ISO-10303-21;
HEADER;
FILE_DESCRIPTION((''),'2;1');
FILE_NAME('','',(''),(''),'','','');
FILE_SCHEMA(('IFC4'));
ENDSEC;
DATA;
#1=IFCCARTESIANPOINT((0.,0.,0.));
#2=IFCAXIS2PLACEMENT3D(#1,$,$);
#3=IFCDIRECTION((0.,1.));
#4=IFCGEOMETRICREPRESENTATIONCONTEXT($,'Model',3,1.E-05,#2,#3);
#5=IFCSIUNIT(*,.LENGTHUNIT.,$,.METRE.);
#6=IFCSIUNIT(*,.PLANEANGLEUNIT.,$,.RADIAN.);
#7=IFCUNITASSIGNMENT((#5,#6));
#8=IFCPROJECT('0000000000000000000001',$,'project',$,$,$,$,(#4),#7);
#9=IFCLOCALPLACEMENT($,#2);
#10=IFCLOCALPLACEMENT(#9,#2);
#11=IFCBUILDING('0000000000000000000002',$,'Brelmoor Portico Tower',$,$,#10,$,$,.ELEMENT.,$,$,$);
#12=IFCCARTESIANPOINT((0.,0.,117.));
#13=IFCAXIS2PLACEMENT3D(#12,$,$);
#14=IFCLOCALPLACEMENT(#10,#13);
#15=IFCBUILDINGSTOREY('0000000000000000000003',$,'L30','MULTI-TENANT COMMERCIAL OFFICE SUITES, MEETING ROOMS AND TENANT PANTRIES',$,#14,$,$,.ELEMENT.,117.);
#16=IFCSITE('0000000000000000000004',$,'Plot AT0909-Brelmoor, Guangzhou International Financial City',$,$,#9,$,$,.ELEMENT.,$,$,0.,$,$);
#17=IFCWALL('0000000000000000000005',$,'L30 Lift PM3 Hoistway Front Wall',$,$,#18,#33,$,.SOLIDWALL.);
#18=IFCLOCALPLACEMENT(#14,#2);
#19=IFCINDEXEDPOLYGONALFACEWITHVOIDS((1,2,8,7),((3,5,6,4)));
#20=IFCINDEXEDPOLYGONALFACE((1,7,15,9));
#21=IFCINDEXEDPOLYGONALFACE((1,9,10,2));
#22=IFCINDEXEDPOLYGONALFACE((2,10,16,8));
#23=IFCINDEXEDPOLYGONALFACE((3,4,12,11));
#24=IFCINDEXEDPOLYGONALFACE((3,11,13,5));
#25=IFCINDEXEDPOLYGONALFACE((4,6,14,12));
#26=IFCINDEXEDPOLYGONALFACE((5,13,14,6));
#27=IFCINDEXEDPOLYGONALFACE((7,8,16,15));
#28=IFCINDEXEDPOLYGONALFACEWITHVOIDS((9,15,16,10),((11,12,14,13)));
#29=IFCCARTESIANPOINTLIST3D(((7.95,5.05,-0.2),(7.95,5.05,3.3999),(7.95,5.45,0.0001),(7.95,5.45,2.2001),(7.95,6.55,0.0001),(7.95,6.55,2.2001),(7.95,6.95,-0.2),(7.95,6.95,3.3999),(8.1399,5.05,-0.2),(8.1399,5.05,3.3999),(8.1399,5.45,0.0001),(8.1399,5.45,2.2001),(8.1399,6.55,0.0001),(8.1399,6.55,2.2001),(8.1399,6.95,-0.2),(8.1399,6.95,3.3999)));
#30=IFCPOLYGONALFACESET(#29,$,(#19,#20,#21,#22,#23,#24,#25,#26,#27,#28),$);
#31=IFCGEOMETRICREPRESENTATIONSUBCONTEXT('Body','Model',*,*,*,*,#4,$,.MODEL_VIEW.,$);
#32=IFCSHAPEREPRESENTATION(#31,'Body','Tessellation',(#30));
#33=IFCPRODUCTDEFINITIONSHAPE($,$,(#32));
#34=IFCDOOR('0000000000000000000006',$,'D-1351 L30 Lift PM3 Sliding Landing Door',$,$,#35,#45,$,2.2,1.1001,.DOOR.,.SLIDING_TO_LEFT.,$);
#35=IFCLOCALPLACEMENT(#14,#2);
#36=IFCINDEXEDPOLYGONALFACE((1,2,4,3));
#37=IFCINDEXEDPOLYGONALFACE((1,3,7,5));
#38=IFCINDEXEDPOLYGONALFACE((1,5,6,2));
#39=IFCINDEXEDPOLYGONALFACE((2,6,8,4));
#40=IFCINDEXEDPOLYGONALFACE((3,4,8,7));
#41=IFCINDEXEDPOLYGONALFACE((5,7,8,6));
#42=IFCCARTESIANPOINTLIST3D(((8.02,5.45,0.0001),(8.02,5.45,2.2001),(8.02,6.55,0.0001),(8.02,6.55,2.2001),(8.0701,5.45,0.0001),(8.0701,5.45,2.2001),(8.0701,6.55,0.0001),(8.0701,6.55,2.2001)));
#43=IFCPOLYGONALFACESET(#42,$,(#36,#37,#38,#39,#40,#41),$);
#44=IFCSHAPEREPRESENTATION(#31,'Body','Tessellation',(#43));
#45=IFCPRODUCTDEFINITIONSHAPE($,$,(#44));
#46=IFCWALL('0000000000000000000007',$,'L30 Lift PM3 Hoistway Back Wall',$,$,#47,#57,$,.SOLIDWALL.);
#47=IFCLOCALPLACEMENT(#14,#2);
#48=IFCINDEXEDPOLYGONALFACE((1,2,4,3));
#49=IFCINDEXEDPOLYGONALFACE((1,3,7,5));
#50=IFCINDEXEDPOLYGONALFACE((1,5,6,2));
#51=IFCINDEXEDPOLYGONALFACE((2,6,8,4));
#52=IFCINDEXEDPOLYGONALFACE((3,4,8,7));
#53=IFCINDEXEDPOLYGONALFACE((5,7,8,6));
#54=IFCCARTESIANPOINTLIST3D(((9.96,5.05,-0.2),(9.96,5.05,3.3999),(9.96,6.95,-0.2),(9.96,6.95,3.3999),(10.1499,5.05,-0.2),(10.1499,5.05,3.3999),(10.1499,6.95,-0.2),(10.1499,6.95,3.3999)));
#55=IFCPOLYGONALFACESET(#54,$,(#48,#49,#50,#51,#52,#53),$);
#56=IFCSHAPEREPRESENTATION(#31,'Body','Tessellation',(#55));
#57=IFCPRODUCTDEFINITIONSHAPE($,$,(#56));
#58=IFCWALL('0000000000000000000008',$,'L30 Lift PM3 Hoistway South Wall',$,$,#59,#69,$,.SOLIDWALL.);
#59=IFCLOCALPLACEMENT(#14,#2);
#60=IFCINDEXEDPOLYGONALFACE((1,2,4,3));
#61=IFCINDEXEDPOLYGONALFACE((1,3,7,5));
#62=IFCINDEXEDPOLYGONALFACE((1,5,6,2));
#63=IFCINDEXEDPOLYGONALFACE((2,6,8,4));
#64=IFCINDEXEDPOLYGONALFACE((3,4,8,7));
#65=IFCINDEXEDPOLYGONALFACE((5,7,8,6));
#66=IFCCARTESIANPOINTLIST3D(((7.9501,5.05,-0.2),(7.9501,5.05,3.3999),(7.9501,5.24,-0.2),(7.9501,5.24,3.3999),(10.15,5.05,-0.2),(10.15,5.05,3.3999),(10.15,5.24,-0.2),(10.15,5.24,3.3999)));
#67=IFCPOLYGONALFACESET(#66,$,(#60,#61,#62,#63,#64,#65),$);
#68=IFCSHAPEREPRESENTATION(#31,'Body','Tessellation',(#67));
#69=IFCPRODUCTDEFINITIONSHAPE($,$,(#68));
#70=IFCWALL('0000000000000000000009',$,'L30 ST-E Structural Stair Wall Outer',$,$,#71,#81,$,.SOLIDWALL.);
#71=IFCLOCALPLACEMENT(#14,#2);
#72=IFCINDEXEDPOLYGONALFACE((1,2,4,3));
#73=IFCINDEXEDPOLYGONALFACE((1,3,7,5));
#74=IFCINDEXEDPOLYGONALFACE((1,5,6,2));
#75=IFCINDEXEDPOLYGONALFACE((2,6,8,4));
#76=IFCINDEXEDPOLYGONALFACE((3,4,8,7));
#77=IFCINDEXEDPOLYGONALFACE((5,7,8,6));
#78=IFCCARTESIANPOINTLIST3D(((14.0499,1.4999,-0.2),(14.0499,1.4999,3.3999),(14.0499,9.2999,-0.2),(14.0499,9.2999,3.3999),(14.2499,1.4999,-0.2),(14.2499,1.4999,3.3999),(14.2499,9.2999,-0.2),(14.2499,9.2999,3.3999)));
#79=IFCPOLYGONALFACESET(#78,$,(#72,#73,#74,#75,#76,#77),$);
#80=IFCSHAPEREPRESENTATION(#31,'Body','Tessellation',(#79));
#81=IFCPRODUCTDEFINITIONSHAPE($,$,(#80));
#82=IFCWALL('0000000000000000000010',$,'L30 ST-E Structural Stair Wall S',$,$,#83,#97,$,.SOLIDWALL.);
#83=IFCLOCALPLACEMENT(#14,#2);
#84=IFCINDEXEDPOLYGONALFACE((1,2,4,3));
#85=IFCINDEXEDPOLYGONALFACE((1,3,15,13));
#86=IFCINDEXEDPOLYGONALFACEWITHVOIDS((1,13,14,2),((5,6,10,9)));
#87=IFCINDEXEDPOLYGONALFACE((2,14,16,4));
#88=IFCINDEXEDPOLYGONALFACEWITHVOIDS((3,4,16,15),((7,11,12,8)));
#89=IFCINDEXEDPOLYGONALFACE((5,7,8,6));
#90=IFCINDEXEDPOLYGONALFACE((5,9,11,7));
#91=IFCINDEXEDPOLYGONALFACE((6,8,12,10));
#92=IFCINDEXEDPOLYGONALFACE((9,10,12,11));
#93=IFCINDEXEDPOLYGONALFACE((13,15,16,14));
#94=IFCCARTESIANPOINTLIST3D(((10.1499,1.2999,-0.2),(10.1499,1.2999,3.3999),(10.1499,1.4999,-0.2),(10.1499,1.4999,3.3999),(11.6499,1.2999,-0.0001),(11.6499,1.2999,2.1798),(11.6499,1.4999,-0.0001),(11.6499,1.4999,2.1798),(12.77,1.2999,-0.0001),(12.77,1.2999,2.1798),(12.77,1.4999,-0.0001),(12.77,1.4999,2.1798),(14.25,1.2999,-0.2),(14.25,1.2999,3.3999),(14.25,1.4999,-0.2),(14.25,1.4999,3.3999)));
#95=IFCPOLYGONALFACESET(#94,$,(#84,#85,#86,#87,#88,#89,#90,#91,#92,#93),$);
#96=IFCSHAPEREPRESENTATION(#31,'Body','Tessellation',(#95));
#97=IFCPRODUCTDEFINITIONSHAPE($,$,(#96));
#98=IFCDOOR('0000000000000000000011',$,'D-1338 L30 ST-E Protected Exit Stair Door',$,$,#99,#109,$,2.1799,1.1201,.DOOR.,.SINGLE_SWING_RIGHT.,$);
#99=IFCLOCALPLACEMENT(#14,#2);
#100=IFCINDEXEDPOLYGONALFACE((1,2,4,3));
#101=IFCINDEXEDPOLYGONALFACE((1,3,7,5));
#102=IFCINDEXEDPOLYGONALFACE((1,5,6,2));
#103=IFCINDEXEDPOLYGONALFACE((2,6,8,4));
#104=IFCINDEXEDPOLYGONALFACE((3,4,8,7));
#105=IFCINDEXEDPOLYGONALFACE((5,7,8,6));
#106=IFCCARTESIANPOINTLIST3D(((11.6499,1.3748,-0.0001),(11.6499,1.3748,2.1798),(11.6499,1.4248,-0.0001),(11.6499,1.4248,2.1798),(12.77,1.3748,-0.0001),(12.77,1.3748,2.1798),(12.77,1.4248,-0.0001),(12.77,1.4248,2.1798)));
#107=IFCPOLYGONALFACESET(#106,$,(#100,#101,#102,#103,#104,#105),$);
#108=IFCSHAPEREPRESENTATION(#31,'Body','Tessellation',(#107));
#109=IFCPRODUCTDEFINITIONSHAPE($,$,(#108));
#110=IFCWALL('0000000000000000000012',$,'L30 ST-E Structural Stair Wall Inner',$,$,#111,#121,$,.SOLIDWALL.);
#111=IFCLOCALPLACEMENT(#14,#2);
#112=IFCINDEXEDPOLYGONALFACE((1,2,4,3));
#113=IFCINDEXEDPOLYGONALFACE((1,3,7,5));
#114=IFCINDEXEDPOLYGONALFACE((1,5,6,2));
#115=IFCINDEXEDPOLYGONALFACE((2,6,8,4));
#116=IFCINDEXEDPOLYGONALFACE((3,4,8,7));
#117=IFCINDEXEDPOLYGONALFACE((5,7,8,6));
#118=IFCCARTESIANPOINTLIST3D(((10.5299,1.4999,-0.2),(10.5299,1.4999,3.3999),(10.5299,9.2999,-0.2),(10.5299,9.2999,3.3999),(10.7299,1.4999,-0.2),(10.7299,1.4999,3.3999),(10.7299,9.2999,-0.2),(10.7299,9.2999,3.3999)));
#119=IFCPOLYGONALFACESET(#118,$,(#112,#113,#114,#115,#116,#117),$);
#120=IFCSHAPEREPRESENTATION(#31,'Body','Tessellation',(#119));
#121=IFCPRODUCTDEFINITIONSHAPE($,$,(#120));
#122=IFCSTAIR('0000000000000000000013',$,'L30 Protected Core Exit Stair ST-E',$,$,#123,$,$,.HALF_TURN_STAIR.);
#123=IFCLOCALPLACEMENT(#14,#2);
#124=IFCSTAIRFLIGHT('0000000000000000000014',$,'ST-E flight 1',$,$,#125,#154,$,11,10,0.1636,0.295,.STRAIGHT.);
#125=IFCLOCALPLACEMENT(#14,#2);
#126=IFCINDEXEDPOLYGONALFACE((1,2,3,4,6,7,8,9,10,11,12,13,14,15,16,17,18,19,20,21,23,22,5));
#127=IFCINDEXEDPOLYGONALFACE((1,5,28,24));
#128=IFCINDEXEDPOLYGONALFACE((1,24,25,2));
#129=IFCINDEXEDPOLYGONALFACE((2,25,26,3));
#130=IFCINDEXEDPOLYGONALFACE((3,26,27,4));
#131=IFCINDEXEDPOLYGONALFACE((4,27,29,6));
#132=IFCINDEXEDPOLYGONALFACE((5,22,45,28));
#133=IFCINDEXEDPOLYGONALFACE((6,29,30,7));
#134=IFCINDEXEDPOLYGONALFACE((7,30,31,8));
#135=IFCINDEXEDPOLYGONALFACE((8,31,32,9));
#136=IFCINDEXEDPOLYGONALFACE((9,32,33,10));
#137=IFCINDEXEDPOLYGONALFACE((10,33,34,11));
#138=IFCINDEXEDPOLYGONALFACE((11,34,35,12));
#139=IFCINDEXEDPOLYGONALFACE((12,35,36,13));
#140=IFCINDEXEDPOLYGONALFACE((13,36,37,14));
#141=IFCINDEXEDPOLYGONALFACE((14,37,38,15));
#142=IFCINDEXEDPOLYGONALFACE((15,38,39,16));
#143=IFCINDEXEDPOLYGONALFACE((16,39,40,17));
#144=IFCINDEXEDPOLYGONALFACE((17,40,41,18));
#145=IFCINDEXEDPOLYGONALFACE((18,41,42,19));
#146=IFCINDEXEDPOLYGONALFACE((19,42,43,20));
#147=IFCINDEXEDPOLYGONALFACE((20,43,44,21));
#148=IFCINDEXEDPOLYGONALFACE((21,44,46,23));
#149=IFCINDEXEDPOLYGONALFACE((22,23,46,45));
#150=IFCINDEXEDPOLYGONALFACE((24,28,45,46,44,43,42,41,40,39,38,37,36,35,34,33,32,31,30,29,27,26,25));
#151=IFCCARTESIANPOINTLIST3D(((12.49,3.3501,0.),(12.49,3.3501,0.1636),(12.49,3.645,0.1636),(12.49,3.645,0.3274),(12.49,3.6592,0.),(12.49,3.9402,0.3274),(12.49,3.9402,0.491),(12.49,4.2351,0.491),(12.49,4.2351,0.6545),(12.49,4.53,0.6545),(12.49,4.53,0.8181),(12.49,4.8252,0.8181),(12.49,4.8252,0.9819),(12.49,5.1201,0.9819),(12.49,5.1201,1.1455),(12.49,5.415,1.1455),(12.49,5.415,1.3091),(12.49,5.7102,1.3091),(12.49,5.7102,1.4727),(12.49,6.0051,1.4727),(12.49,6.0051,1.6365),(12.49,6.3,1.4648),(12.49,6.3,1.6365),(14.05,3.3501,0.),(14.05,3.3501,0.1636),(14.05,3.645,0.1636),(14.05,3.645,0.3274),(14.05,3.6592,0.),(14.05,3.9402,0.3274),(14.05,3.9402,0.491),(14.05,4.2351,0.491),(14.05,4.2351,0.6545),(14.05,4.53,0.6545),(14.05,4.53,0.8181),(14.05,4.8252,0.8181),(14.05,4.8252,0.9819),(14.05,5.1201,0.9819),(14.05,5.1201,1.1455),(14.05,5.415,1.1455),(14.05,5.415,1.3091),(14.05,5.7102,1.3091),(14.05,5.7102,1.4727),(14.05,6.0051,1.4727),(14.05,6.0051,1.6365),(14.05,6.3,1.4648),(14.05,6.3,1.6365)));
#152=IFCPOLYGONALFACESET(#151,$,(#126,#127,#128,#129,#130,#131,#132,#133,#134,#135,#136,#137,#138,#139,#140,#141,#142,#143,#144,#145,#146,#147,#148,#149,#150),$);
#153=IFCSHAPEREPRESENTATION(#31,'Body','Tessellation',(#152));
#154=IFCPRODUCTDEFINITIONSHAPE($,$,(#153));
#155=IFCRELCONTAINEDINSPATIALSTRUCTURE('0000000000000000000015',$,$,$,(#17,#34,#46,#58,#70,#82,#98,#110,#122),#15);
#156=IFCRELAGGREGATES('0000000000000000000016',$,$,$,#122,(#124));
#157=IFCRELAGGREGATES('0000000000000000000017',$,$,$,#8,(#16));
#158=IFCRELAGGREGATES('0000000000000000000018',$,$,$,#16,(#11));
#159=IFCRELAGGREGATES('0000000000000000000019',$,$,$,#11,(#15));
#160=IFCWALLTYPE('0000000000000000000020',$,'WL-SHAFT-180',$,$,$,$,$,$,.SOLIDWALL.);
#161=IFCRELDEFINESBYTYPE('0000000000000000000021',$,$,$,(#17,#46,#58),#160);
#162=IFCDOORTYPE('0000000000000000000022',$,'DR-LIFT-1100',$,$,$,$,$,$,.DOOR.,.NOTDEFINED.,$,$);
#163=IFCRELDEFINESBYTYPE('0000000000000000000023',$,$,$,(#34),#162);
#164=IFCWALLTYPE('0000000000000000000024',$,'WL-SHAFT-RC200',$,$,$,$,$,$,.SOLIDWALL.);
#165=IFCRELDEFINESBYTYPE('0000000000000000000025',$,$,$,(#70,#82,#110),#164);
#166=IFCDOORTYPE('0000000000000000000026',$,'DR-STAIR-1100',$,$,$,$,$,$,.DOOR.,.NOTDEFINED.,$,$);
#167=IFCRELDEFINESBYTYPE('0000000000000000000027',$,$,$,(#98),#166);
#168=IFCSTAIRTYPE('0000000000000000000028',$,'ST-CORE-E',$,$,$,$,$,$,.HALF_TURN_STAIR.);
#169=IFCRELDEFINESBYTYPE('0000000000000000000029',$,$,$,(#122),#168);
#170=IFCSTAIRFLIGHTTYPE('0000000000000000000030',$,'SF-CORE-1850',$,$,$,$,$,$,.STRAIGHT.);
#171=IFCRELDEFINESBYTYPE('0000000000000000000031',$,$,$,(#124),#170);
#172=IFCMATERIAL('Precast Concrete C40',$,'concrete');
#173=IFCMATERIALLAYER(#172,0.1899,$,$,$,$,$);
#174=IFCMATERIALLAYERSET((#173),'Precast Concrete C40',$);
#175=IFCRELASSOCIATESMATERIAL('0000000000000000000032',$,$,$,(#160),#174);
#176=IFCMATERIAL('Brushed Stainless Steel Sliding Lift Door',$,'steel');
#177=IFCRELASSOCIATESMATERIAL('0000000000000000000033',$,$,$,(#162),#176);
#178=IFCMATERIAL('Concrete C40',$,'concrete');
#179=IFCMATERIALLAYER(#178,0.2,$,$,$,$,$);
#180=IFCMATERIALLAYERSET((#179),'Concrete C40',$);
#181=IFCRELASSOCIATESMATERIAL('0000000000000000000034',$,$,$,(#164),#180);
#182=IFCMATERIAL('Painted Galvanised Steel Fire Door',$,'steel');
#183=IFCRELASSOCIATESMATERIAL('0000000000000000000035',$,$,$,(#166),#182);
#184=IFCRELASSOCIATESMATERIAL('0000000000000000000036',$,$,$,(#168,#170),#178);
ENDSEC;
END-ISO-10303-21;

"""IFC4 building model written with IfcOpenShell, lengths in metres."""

from ifc_helpers import new_model, si_unit, direction, frame, frame_2d, origin, place, context, subcontext, project, spatial, polyline, rectangle, outline, extrude, material, layer, layer_set, type_object, element, fill, aggregate, save


model = new_model("IFC4")

# Units and contexts
model_context = context("Model", 3, precision=1e-05, world=origin(), true_north=direction((0.0, 1.0)))
body_context = subcontext(model_context, "Body", "Model", "MODEL_VIEW")
ifc_project = project(units=[si_unit("LENGTHUNIT", "METRE"), si_unit("PLANEANGLEUNIT", "RADIAN")], contexts=[model_context])

# Site, building, storey
site_placement = place(None, origin())
site = spatial("IfcSite", under=ifc_project, at=site_placement, Name="Plot AT0909-Brelmoor, Guangzhou International Financial City", CompositionType="ELEMENT", RefElevation=0.0)
building_placement = place(site_placement, origin())
building = spatial("IfcBuilding", under=site, at=building_placement, Name="Brelmoor Portico Tower", CompositionType="ELEMENT")
storey_placement = place(building_placement, frame((0.0, 0.0, 117.0)))
storey = spatial("IfcBuildingStorey", under=building, at=storey_placement, Name="L30", Description="MULTI-TENANT COMMERCIAL OFFICE SUITES, MEETING ROOMS AND TENANT PANTRIES", CompositionType="ELEMENT", Elevation=117.0)

# Shared definitions
ifc_material_1 = material(Name="Precast Concrete C40", Category="concrete")
ifc_layer_1 = layer(ifc_material_1, 0.1899)
ifc_layer_set_1 = layer_set([ifc_layer_1], Name="Precast Concrete C40")
wall_type_1 = type_object("IfcWallType", Name="WL-SHAFT-180", PredefinedType="SOLIDWALL", material=ifc_layer_set_1)
ifc_material_2 = material(Name="Brushed Stainless Steel Sliding Lift Door", Category="steel")
door_type_1 = type_object("IfcDoorType", Name="DR-LIFT-1100", OperationType="NOTDEFINED", PredefinedType="DOOR", material=ifc_material_2)

# Wall, opening, door
wall_1_placement = place(storey_placement, frame((8.0449, 5.05, -0.2), z_axis=(0.0, 0.0, 1.0), x_axis=(0.0, 1.0, 0.0)))
wall_1 = element("IfcWall", 1, at=wall_1_placement, inside=storey, type_object=wall_type_1, Name="L30 Lift PM3 Hoistway Front Wall", PredefinedType="SOLIDWALL", context=body_context, shape_type="SweptSolid", body=[
    extrude(rectangle(XDim=1.8999, YDim=0.1899, at=frame_2d((0.95, 0.0))), origin(), (0.0, 0.0, 1.0), 3.5999),
])
opening_1_placement = place(wall_1_placement, frame((0.3999, 0.0, 0.2)))
opening_1 = element("IfcOpeningElement", 2, at=opening_1_placement, cuts=wall_1, PredefinedType="OPENING", context=body_context, shape_type="SweptSolid", body=[
    extrude(rectangle(XDim=1.1001, YDim=2.2, at=frame_2d((0.55, 1.1001))), frame((0.0, 0.105, 0.0), z_axis=(0.0, -1.0, 0.0), x_axis=(1.0, 0.0, 0.0)), (0.0, 0.0, 1.0), 0.21),
])
door_1_placement = place(opening_1_placement, origin())
door_1 = element("IfcDoor", 3, at=door_1_placement, inside=storey, type_object=door_type_1, Name="D-1351 L30 Lift PM3 Sliding Landing Door", OperationType="SLIDING_TO_LEFT", OverallHeight=2.2, OverallWidth=1.1001, PredefinedType="DOOR", context=body_context, shape_type="SweptSolid", body=[
    extrude(rectangle(XDim=1.1001, YDim=2.2, at=frame_2d((0.55, 1.1001))), frame((0.0, 0.0249, 0.0), z_axis=(0.0, -1.0, 0.0), x_axis=(1.0, 0.0, 0.0)), (0.0, 0.0, 1.0), 0.05),
])
fill(opening_1, door_1)

# Walls
wall_2_placement = place(storey_placement, frame((10.0549, 5.05, -0.2), z_axis=(0.0, 0.0, 1.0), x_axis=(0.0, 1.0, 0.0)))
element("IfcWall", 4, at=wall_2_placement, inside=storey, type_object=wall_type_1, Name="L30 Lift PM3 Hoistway Back Wall", PredefinedType="SOLIDWALL", context=body_context, shape_type="SweptSolid", body=[
    extrude(rectangle(XDim=1.8999, YDim=0.1899, at=frame_2d((0.95, 0.0))), origin(), (0.0, 0.0, 1.0), 3.5999),
])
wall_3_placement = place(storey_placement, frame((7.95, 5.145, -0.2), z_axis=(0.0, 0.0, 1.0), x_axis=(1.0, 0.0, 0.0)))
element("IfcWall", 5, at=wall_3_placement, inside=storey, type_object=wall_type_1, Name="L30 Lift PM3 Hoistway South Wall", PredefinedType="SOLIDWALL", context=body_context, shape_type="SweptSolid", body=[
    extrude(rectangle(XDim=2.2, YDim=0.1899, at=frame_2d((1.1001, 0.0))), origin(), (0.0, 0.0, 1.0), 3.5999),
])
ifc_material_3 = material(Name="Concrete C40", Category="concrete")
ifc_layer_2 = layer(ifc_material_3, 0.2)
ifc_layer_set_2 = layer_set([ifc_layer_2], Name="Concrete C40")
wall_type_2 = type_object("IfcWallType", Name="WL-SHAFT-RC200", PredefinedType="SOLIDWALL", material=ifc_layer_set_2)
wall_4_placement = place(storey_placement, frame((14.1499, 1.5, -0.2), z_axis=(0.0, 0.0, 1.0), x_axis=(0.0, 1.0, 0.0)))
element("IfcWall", 6, at=wall_4_placement, inside=storey, type_object=wall_type_2, Name="L30 ST-E Structural Stair Wall Outer", PredefinedType="SOLIDWALL", context=body_context, shape_type="SweptSolid", body=[
    extrude(rectangle(XDim=7.8, YDim=0.2, at=frame_2d((3.8999, 0.0))), origin(), (0.0, 0.0, 1.0), 3.5999),
])

# Wall, opening, door
wall_5_placement = place(storey_placement, frame((10.1499, 1.3999, -0.2), z_axis=(0.0, 0.0, 1.0), x_axis=(1.0, 0.0, 0.0)))
wall_5 = element("IfcWall", 7, at=wall_5_placement, inside=storey, type_object=wall_type_2, Name="L30 ST-E Structural Stair Wall S", PredefinedType="SOLIDWALL", context=body_context, shape_type="SweptSolid", body=[
    extrude(rectangle(XDim=4.1001, YDim=0.2, at=frame_2d((2.05, 0.0))), origin(), (0.0, 0.0, 1.0), 3.5999),
])
opening_2_placement = place(wall_5_placement, frame((1.5, 0.0, 0.2)))
opening_2 = element("IfcOpeningElement", 8, at=opening_2_placement, cuts=wall_5, PredefinedType="OPENING", context=body_context, shape_type="SweptSolid", body=[
    extrude(rectangle(XDim=1.1201, YDim=2.1799, at=frame_2d((0.5601, 1.0898))), frame((0.0, 0.1099, 0.0), z_axis=(0.0, -1.0, 0.0), x_axis=(1.0, 0.0, 0.0)), (0.0, 0.0, 1.0), 0.22),
])
ifc_material_4 = material(Name="Painted Galvanised Steel Fire Door", Category="steel")
door_type_2 = type_object("IfcDoorType", Name="DR-STAIR-1100", OperationType="NOTDEFINED", PredefinedType="DOOR", material=ifc_material_4)
door_2_placement = place(opening_2_placement, origin())
door_2 = element("IfcDoor", 9, at=door_2_placement, inside=storey, type_object=door_type_2, Name="D-1338 L30 ST-E Protected Exit Stair Door", OperationType="SINGLE_SWING_RIGHT", OverallHeight=2.1799, OverallWidth=1.1201, PredefinedType="DOOR", context=body_context, shape_type="SweptSolid", body=[
    extrude(rectangle(XDim=1.1201, YDim=2.1799, at=frame_2d((0.5601, 1.0898))), frame((0.0, 0.0249, 0.0), z_axis=(0.0, -1.0, 0.0), x_axis=(1.0, 0.0, 0.0)), (0.0, 0.0, 1.0), 0.05),
])
fill(opening_2, door_2)

# Wall
wall_6_placement = place(storey_placement, frame((10.6299, 1.5, -0.2), z_axis=(0.0, 0.0, 1.0), x_axis=(0.0, 1.0, 0.0)))
element("IfcWall", 10, at=wall_6_placement, inside=storey, type_object=wall_type_2, Name="L30 ST-E Structural Stair Wall Inner", PredefinedType="SOLIDWALL", context=body_context, shape_type="SweptSolid", body=[
    extrude(rectangle(XDim=7.8, YDim=0.2, at=frame_2d((3.8999, 0.0))), origin(), (0.0, 0.0, 1.0), 3.5999),
])

# Stair, stair flight
stair_type = type_object("IfcStairType", Name="ST-CORE-E", PredefinedType="HALF_TURN_STAIR", material=ifc_material_3)
stair_placement = place(storey_placement, origin())
stair = element("IfcStair", 11, at=stair_placement, inside=storey, type_object=stair_type, Name="L30 Protected Core Exit Stair ST-E", PredefinedType="HALF_TURN_STAIR")
stair_flight_type = type_object("IfcStairFlightType", Name="SF-CORE-1850", PredefinedType="STRAIGHT", material=ifc_material_3)
stair_flight_1_placement = place(storey_placement, frame((13.27, 3.3501, 0.0), z_axis=(0.0, 0.0, 1.0), x_axis=(0.0, 1.0, 0.0)))
stair_flight_1 = element("IfcStairFlight", 12, at=stair_flight_1_placement, type_object=stair_flight_type, Name="ST-E flight 1", NumberOfRisers=11, NumberOfTreads=10, PredefinedType="STRAIGHT", RiserHeight=0.1636, TreadLength=0.295, context=body_context, shape_type="SweptSolid", body=[
    extrude(outline(polyline([(0.0, 0.0), (0.0, 0.1636), (0.2949, 0.1636), (0.2949, 0.3274), (0.5901, 0.3274), (0.5901, 0.491), (0.885, 0.491), (0.885, 0.6545), (1.1799, 0.6545), (1.1799, 0.8181), (1.4751, 0.8181), (1.4751, 0.9819), (1.77, 0.9819), (1.77, 1.1455), (2.0649, 1.1455), (2.0649, 1.3091), (2.3601, 1.3091), (2.3601, 1.4727), (2.655, 1.4727), (2.655, 1.6365), (2.95, 1.6365), (2.95, 1.8), (2.95, 1.4648), (0.3091, 0.0), (0.0, 0.0)])), frame((0.0, 0.78, 0.0), z_axis=(0.0, -1.0, 0.0), x_axis=(1.0, 0.0, 0.0)), (0.0, 0.0, 1.0), 1.5601),
])
aggregate(stair, [stair_flight_1])

save(model, "model.ifc")
